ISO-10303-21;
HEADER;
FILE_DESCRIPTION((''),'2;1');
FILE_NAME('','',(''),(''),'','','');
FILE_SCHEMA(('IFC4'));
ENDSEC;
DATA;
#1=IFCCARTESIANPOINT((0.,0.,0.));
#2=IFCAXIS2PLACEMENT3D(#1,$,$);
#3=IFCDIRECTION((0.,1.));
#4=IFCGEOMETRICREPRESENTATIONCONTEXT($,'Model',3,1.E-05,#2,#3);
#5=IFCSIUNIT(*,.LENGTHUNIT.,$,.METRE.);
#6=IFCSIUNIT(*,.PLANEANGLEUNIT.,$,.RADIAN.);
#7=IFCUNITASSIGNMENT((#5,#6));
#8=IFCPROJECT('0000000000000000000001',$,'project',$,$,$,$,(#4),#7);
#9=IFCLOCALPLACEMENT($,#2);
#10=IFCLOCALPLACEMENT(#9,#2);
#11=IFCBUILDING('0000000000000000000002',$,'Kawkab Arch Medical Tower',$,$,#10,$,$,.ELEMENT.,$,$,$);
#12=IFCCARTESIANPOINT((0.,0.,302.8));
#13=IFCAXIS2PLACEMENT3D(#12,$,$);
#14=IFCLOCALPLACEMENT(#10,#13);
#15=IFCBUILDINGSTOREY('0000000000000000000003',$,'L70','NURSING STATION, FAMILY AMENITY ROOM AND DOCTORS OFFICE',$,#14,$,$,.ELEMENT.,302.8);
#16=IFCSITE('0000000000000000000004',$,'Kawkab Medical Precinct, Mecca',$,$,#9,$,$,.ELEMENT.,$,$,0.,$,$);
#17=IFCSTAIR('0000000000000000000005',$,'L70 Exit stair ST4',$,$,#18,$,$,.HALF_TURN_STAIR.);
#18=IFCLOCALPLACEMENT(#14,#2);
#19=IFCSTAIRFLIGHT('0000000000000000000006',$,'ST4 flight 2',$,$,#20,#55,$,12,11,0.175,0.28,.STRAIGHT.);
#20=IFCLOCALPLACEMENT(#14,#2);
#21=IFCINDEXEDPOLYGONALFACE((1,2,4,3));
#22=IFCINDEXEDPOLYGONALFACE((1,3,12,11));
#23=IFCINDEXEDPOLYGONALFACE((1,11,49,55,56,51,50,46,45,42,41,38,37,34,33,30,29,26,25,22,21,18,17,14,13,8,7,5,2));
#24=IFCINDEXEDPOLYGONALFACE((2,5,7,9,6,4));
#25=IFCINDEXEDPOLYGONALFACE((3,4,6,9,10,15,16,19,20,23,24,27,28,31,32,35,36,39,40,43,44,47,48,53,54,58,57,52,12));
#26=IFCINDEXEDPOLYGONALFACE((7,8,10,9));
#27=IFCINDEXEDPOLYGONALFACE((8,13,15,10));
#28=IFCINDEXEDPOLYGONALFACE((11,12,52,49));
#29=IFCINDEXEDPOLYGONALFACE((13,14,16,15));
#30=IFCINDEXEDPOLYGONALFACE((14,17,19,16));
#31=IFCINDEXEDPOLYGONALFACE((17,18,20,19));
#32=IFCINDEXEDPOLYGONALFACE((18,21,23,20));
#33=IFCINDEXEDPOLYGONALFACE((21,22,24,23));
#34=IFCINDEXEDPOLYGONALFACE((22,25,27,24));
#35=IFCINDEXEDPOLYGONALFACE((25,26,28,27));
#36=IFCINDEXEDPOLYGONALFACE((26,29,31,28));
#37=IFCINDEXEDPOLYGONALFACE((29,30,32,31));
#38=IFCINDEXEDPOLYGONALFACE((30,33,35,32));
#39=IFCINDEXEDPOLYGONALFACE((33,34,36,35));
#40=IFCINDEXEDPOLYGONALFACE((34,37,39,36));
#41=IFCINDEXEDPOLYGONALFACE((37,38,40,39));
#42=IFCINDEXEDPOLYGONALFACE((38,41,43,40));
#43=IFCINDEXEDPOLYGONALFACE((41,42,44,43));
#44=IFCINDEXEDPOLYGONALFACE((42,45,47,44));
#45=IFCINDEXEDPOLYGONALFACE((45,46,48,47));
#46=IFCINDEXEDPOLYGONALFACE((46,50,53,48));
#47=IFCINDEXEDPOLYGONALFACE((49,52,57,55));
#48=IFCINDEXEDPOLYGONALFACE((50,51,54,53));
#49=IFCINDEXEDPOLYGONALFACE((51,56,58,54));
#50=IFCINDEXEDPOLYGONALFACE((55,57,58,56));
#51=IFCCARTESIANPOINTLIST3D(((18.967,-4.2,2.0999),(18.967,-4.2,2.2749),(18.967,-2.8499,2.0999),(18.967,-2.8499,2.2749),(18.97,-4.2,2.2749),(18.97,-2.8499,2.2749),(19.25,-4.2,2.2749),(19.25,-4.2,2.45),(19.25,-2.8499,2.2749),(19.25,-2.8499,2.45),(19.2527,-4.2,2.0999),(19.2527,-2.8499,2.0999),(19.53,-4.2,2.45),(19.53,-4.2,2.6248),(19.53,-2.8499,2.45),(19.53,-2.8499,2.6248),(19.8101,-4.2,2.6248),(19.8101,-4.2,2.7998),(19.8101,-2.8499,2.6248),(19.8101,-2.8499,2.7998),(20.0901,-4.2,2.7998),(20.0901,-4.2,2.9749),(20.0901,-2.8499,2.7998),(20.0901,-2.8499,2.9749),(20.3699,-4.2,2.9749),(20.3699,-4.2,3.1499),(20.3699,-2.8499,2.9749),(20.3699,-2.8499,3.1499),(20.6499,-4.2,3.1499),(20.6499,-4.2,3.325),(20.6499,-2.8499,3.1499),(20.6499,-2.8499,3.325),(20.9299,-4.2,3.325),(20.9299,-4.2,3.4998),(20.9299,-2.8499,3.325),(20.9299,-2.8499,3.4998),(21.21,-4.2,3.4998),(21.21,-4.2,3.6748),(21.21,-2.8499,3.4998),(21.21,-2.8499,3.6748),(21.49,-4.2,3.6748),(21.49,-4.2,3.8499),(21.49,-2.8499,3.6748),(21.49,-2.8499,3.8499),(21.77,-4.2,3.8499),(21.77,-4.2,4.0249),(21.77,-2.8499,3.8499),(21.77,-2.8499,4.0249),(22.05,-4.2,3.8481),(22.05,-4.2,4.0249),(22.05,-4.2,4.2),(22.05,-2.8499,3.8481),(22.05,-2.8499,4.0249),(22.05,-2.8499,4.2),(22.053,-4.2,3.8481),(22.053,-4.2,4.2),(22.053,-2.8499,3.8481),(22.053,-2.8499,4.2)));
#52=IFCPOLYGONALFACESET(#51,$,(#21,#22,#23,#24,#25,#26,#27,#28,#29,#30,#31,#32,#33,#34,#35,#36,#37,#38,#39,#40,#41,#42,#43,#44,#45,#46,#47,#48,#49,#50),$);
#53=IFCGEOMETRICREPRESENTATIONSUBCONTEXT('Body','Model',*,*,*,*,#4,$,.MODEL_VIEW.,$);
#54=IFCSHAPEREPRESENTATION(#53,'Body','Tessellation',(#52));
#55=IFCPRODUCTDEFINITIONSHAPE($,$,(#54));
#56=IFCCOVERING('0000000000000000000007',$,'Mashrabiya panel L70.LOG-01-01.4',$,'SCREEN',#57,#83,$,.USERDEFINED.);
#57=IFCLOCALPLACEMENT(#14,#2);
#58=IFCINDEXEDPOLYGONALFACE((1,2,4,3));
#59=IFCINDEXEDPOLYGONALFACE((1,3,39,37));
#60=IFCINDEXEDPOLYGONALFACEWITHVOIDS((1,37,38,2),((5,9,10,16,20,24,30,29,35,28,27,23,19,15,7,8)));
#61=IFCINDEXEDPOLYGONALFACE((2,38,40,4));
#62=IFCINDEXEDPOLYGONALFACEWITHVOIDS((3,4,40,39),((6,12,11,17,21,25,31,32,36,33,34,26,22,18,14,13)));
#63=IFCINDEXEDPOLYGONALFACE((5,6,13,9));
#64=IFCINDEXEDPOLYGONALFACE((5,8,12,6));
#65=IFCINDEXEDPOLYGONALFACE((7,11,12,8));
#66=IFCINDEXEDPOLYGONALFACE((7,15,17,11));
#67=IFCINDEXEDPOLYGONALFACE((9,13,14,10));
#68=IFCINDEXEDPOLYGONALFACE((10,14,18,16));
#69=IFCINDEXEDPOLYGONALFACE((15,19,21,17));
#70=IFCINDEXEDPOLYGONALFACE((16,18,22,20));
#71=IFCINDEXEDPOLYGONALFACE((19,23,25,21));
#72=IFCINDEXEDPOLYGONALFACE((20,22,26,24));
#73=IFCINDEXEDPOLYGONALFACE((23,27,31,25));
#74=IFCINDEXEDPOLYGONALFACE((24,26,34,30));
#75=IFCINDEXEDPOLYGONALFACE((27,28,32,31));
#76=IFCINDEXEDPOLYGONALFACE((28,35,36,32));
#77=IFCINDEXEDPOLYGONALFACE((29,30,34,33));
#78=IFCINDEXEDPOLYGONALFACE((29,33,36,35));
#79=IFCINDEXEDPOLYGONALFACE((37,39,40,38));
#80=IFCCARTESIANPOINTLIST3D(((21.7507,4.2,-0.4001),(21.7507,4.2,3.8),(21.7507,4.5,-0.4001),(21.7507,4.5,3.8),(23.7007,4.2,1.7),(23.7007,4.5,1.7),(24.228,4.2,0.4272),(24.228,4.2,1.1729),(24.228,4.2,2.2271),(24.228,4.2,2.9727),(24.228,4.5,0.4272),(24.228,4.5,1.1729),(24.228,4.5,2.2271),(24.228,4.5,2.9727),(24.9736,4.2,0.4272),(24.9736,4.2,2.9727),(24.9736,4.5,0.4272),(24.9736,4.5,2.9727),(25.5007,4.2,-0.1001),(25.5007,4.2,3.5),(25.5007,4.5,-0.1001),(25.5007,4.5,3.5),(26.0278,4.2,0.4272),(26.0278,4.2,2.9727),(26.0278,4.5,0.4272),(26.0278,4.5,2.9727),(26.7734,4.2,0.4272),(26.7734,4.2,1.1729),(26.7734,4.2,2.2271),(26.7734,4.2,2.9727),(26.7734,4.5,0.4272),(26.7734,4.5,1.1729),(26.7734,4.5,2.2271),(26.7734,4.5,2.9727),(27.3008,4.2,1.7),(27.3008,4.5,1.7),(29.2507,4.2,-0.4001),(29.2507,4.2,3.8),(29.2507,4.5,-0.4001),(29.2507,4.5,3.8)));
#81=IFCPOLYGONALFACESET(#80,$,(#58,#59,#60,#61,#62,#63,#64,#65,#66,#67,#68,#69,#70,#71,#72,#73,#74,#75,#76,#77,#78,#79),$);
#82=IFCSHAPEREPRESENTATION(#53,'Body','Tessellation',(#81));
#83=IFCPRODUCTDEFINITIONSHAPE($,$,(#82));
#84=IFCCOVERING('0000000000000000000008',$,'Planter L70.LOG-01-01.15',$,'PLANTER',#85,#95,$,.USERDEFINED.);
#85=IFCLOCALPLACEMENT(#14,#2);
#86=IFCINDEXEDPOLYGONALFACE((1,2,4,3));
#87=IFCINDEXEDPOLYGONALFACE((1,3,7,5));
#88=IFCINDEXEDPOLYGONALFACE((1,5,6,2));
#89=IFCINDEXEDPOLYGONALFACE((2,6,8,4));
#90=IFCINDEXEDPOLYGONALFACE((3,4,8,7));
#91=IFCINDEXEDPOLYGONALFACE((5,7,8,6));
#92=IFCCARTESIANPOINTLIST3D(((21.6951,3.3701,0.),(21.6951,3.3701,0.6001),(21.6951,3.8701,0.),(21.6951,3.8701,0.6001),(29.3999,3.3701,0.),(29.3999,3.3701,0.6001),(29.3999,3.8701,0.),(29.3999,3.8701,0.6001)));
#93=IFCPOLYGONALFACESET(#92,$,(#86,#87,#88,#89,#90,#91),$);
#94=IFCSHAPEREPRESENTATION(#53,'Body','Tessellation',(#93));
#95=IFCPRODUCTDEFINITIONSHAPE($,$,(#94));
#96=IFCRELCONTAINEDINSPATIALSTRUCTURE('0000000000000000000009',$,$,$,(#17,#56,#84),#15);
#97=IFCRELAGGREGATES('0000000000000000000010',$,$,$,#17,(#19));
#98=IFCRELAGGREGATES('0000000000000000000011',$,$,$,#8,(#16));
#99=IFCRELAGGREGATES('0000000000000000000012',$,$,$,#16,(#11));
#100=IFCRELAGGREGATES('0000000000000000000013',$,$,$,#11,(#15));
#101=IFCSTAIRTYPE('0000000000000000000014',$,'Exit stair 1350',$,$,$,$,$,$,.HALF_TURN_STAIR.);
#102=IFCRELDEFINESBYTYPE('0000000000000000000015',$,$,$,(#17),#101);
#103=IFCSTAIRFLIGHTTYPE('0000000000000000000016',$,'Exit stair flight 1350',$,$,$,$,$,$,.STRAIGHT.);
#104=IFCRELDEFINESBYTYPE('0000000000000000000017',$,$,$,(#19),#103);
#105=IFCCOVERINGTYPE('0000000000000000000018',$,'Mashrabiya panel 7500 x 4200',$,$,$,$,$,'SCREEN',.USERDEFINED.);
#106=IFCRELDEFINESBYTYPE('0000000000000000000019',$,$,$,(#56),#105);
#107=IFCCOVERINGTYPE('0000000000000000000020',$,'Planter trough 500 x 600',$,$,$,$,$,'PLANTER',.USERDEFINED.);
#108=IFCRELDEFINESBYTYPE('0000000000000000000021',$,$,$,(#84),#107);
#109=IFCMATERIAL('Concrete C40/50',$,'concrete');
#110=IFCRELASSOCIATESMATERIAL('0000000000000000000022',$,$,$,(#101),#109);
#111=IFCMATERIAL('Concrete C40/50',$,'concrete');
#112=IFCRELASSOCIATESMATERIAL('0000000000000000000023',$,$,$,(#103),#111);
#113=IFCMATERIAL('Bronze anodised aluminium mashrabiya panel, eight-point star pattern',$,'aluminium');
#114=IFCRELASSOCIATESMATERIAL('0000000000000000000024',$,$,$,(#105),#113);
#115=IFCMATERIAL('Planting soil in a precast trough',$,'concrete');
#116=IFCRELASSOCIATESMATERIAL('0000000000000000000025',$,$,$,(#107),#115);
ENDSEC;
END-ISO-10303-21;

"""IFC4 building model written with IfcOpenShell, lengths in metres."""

from ifc_helpers import new_model, si_unit, direction, frame, origin, origin_2d, place, context, subcontext, project, spatial, polyline, rectangle, outline, extrude, material, material_profile, profile_set, type_object, element, aggregate, save


model = new_model("IFC4")

# Units and contexts
model_context = context("Model", 3, precision=1e-05, world=origin(), true_north=direction((0.0, 1.0)))
body_context = subcontext(model_context, "Body", "Model", "MODEL_VIEW")
ifc_project = project(units=[si_unit("LENGTHUNIT", "METRE"), si_unit("PLANEANGLEUNIT", "RADIAN")], contexts=[model_context])

# Site, building, storey
site_placement = place(None, origin())
site = spatial("IfcSite", under=ifc_project, at=site_placement, Name="Kawkab Medical Precinct, Mecca", CompositionType="ELEMENT", RefElevation=0.0)
building_placement = place(site_placement, origin())
building = spatial("IfcBuilding", under=site, at=building_placement, Name="Kawkab Arch Medical Tower", CompositionType="ELEMENT")
storey_placement = place(building_placement, frame((0.0, 0.0, 302.8)))
storey = spatial("IfcBuildingStorey", under=building, at=storey_placement, Name="L70", Description="NURSING STATION, FAMILY AMENITY ROOM AND DOCTORS OFFICE", CompositionType="ELEMENT", Elevation=302.8)

# Shared definitions
placement = place(storey_placement, origin())

# Stair, stair flight
ifc_material_1 = material(Name="Concrete C40/50", Category="concrete")
stair_type = type_object("IfcStairType", Name="Exit stair 1350", PredefinedType="HALF_TURN_STAIR", material=ifc_material_1)
stair = element("IfcStair", 1, at=placement, inside=storey, type_object=stair_type, Name="L70 Exit stair ST4", PredefinedType="HALF_TURN_STAIR")
ifc_material_2 = material(Name="Concrete C40/50", Category="concrete")
stair_flight_type = type_object("IfcStairFlightType", Name="Exit stair flight 1350", PredefinedType="STRAIGHT", material=ifc_material_2)
stair_flight_1_placement = place(storey_placement, frame((18.97, -3.5249, 2.0999), z_axis=(0.0, 0.0, 1.0), x_axis=(1.0, 0.0, 0.0)))
stair_flight_1 = element("IfcStairFlight", 2, at=stair_flight_1_placement, type_object=stair_flight_type, Name="ST4 flight 2", NumberOfRisers=12, NumberOfTreads=11, PredefinedType="STRAIGHT", RiserHeight=0.175, TreadLength=0.28, context=body_context, shape_type="SweptSolid", body=[
    extrude(outline(polyline([(-0.0029, 0.0), (-0.0029, 0.175), (0.0, 0.175), (0.28, 0.175), (0.28, 0.3501), (0.5601, 0.3501), (0.5601, 0.5249), (0.8401, 0.5249), (0.8401, 0.7), (1.1201, 0.7), (1.1201, 0.875), (1.3999, 0.875), (1.3999, 1.05), (1.6799, 1.05), (1.6799, 1.2251), (1.96, 1.2251), (1.96, 1.3999), (2.24, 1.3999), (2.24, 1.575), (2.52, 1.575), (2.52, 1.75), (2.8, 1.75), (2.8, 1.925), (3.0801, 1.925), (3.0801, 2.1001), (3.083, 2.1001), (3.083, 1.7483), (3.0801, 1.7483), (0.2827, 0.0), (-0.0029, 0.0)])), frame((0.0, 0.675, 0.0), z_axis=(0.0, -1.0, 0.0), x_axis=(1.0, 0.0, 0.0)), (0.0, 0.0, 1.0), 1.3501),
])
aggregate(stair, [stair_flight_1])

# Coverings
ifc_material_3 = material(Name="Bronze anodised aluminium mashrabiya panel, eight-point star pattern", Category="aluminium")
ifc_material_profile_1 = material_profile(ifc_material_3, outline(polyline([(-3.75, -2.1001), (3.75, -2.1001), (3.75, 2.1001), (-3.75, 2.1001), (-3.75, -2.1001)]), holes=[polyline([(1.8, 0.0), (1.2727, 0.5271), (1.2727, 1.2727), (0.5271, 1.2727), (0.0, 1.8), (-0.5271, 1.2727), (-1.2727, 1.2727), (-1.2727, 0.5271), (-1.8, 0.0), (-1.2727, -0.5271), (-1.2727, -1.2727), (-0.5271, -1.2727), (0.0, -1.8), (0.5271, -1.2727), (1.2727, -1.2727), (1.2727, -0.5271), (1.8, 0.0)])]), Name="Mashrabiya panel 7500x4200")
ifc_profile_set_1 = profile_set([ifc_material_profile_1], Name="Bronze anodised aluminium mashrabiya panel, eight-point star pattern")
covering_type_1 = type_object("IfcCoveringType", Name="Mashrabiya panel 7500 x 4200", ElementType="SCREEN", PredefinedType="USERDEFINED", material=ifc_profile_set_1)
covering_1_placement = place(storey_placement, frame((25.5007, 4.2, 1.7), z_axis=(0.0, 1.0, 0.0), x_axis=(-1.0, 0.0, 0.0)))
element("IfcCovering", 3, at=covering_1_placement, inside=storey, type_object=covering_type_1, Name="Mashrabiya panel L70.LOG-01-01.4", ObjectType="SCREEN", PredefinedType="USERDEFINED", context=body_context, shape_type="SweptSolid", body=[
    extrude(outline(polyline([(-3.75, -2.1001), (3.75, -2.1001), (3.75, 2.1001), (-3.75, 2.1001), (-3.75, -2.1001)]), holes=[polyline([(1.8, 0.0), (1.2727, 0.5271), (1.2727, 1.2727), (0.5271, 1.2727), (0.0, 1.8), (-0.5271, 1.2727), (-1.2727, 1.2727), (-1.2727, 0.5271), (-1.8, 0.0), (-1.2727, -0.5271), (-1.2727, -1.2727), (-0.5271, -1.2727), (0.0, -1.8), (0.5271, -1.2727), (1.2727, -1.2727), (1.2727, -0.5271), (1.8, 0.0)])]), origin(), (0.0, 0.0, 1.0), 0.3),
])
ifc_material_4 = material(Name="Planting soil in a precast trough", Category="concrete")
ifc_material_profile_2 = material_profile(ifc_material_4, rectangle(XDim=0.5, YDim=0.6001, at=origin_2d()), Name="Trough 500x600")
ifc_profile_set_2 = profile_set([ifc_material_profile_2], Name="Planting soil in a precast trough")
covering_type_2 = type_object("IfcCoveringType", Name="Planter trough 500 x 600", ElementType="PLANTER", PredefinedType="USERDEFINED", material=ifc_profile_set_2)
covering_2_placement = place(storey_placement, frame((21.6951, 3.6201, 0.3), z_axis=(1.0, 0.0, 0.0), x_axis=(0.0, 1.0, 0.0)))
element("IfcCovering", 4, at=covering_2_placement, inside=storey, type_object=covering_type_2, Name="Planter L70.LOG-01-01.15", ObjectType="PLANTER", PredefinedType="USERDEFINED", context=body_context, shape_type="SweptSolid", body=[
    extrude(rectangle(XDim=0.5, YDim=0.6001, at=origin_2d()), origin(), (0.0, 0.0, 1.0), 7.7048),
])

save(model, "model.ifc")
